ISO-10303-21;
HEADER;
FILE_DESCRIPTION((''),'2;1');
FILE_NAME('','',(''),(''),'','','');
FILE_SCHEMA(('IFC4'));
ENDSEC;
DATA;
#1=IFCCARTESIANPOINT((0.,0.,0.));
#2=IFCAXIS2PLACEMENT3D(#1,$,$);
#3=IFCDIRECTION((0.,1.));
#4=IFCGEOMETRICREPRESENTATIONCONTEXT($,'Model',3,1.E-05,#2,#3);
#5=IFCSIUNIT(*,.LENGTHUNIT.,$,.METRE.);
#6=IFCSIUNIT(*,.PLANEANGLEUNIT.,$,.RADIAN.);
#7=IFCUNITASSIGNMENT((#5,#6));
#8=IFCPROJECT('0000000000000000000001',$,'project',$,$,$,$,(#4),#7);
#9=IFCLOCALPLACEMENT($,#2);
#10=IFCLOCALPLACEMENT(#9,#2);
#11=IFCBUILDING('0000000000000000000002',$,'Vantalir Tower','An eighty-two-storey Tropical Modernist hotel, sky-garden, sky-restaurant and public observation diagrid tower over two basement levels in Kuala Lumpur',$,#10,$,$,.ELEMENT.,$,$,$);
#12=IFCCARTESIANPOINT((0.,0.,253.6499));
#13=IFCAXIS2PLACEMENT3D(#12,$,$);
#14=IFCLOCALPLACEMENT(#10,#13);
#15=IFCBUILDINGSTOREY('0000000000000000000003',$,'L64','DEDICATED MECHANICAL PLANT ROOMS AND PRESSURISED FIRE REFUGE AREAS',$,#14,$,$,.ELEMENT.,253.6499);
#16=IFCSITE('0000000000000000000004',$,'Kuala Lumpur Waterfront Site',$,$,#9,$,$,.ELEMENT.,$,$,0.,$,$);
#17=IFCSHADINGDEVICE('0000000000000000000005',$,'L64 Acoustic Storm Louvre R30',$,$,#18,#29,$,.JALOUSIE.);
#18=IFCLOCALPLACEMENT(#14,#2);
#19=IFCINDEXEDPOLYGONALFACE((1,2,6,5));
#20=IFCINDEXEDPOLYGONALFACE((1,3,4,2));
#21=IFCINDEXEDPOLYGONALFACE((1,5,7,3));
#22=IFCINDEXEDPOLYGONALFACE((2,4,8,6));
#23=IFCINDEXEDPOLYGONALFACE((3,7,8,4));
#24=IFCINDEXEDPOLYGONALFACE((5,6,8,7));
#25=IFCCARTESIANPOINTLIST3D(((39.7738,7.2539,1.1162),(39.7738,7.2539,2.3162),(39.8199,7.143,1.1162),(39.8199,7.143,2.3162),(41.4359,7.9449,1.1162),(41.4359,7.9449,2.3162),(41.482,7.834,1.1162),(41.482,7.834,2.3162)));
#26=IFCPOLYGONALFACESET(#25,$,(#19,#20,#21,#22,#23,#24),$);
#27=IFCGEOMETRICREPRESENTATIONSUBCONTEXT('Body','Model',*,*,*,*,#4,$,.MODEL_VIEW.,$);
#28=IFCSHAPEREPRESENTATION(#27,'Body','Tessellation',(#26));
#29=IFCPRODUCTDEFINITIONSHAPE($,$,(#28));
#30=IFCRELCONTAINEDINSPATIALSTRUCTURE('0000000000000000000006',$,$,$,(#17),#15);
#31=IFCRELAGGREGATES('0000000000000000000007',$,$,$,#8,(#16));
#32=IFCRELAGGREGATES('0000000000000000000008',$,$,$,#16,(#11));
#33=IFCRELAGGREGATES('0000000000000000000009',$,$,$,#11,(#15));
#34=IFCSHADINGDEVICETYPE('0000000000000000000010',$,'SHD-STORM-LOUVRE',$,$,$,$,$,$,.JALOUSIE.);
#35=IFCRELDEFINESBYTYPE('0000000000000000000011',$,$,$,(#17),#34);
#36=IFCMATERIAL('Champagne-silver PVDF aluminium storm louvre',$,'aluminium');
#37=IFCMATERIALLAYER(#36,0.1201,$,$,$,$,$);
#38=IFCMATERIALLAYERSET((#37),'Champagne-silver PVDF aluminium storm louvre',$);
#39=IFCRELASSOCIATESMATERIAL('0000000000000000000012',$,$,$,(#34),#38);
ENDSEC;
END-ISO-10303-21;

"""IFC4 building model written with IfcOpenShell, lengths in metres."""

from ifc_helpers import new_model, si_unit, direction, frame, origin, origin_2d, place, context, subcontext, project, spatial, rectangle, extrude, material, layer, layer_set, type_object, element, save


model = new_model("IFC4")

# Units and contexts
model_context = context("Model", 3, precision=1e-05, world=origin(), true_north=direction((0.0, 1.0)))
body_context = subcontext(model_context, "Body", "Model", "MODEL_VIEW")
ifc_project = project(units=[si_unit("LENGTHUNIT", "METRE"), si_unit("PLANEANGLEUNIT", "RADIAN")], contexts=[model_context])

# Site, building, storey
site_placement = place(None, origin())
site = spatial("IfcSite", under=ifc_project, at=site_placement, Name="Kuala Lumpur Waterfront Site", CompositionType="ELEMENT", RefElevation=0.0)
building_placement = place(site_placement, origin())
building = spatial("IfcBuilding", under=site, at=building_placement, Name="Vantalir Tower", Description="An eighty-two-storey Tropical Modernist hotel, sky-garden, sky-restaurant and public observation diagrid tower over two basement levels in Kuala Lumpur", CompositionType="ELEMENT")
storey_placement = place(building_placement, frame((0.0, 0.0, 253.6499)))
storey = spatial("IfcBuildingStorey", under=building, at=storey_placement, Name="L64", Description="DEDICATED MECHANICAL PLANT ROOMS AND PRESSURISED FIRE REFUGE AREAS", CompositionType="ELEMENT", Elevation=253.6499)

# Shading device
ifc_material_1 = material(Name="Champagne-silver PVDF aluminium storm louvre", Category="aluminium")
ifc_layer_1 = layer(ifc_material_1, 0.1201)
ifc_layer_set_1 = layer_set([ifc_layer_1], Name="Champagne-silver PVDF aluminium storm louvre")
shading_device_type = type_object("IfcShadingDeviceType", Name="SHD-STORM-LOUVRE", PredefinedType="JALOUSIE", material=ifc_layer_set_1)
for number, where, z_axis, x_axis, name in (
    (1, (40.6279, 7.5439, 1.1162), (0.0, 0.0, 1.0), (0.923371, 0.383909, 0.0), "L64 Acoustic Storm Louvre R30"),
):
    element("IfcShadingDevice", number, at=place(storey_placement, frame(where, z_axis=z_axis, x_axis=x_axis)), inside=storey, type_object=shading_device_type, Name=name, PredefinedType="JALOUSIE", context=body_context, shape_type="SweptSolid", body=[
        extrude(rectangle(XDim=1.8, YDim=0.1201, at=origin_2d()), origin(), (0.0, 0.0, 1.0), 1.2),
    ])

save(model, "model.ifc")
